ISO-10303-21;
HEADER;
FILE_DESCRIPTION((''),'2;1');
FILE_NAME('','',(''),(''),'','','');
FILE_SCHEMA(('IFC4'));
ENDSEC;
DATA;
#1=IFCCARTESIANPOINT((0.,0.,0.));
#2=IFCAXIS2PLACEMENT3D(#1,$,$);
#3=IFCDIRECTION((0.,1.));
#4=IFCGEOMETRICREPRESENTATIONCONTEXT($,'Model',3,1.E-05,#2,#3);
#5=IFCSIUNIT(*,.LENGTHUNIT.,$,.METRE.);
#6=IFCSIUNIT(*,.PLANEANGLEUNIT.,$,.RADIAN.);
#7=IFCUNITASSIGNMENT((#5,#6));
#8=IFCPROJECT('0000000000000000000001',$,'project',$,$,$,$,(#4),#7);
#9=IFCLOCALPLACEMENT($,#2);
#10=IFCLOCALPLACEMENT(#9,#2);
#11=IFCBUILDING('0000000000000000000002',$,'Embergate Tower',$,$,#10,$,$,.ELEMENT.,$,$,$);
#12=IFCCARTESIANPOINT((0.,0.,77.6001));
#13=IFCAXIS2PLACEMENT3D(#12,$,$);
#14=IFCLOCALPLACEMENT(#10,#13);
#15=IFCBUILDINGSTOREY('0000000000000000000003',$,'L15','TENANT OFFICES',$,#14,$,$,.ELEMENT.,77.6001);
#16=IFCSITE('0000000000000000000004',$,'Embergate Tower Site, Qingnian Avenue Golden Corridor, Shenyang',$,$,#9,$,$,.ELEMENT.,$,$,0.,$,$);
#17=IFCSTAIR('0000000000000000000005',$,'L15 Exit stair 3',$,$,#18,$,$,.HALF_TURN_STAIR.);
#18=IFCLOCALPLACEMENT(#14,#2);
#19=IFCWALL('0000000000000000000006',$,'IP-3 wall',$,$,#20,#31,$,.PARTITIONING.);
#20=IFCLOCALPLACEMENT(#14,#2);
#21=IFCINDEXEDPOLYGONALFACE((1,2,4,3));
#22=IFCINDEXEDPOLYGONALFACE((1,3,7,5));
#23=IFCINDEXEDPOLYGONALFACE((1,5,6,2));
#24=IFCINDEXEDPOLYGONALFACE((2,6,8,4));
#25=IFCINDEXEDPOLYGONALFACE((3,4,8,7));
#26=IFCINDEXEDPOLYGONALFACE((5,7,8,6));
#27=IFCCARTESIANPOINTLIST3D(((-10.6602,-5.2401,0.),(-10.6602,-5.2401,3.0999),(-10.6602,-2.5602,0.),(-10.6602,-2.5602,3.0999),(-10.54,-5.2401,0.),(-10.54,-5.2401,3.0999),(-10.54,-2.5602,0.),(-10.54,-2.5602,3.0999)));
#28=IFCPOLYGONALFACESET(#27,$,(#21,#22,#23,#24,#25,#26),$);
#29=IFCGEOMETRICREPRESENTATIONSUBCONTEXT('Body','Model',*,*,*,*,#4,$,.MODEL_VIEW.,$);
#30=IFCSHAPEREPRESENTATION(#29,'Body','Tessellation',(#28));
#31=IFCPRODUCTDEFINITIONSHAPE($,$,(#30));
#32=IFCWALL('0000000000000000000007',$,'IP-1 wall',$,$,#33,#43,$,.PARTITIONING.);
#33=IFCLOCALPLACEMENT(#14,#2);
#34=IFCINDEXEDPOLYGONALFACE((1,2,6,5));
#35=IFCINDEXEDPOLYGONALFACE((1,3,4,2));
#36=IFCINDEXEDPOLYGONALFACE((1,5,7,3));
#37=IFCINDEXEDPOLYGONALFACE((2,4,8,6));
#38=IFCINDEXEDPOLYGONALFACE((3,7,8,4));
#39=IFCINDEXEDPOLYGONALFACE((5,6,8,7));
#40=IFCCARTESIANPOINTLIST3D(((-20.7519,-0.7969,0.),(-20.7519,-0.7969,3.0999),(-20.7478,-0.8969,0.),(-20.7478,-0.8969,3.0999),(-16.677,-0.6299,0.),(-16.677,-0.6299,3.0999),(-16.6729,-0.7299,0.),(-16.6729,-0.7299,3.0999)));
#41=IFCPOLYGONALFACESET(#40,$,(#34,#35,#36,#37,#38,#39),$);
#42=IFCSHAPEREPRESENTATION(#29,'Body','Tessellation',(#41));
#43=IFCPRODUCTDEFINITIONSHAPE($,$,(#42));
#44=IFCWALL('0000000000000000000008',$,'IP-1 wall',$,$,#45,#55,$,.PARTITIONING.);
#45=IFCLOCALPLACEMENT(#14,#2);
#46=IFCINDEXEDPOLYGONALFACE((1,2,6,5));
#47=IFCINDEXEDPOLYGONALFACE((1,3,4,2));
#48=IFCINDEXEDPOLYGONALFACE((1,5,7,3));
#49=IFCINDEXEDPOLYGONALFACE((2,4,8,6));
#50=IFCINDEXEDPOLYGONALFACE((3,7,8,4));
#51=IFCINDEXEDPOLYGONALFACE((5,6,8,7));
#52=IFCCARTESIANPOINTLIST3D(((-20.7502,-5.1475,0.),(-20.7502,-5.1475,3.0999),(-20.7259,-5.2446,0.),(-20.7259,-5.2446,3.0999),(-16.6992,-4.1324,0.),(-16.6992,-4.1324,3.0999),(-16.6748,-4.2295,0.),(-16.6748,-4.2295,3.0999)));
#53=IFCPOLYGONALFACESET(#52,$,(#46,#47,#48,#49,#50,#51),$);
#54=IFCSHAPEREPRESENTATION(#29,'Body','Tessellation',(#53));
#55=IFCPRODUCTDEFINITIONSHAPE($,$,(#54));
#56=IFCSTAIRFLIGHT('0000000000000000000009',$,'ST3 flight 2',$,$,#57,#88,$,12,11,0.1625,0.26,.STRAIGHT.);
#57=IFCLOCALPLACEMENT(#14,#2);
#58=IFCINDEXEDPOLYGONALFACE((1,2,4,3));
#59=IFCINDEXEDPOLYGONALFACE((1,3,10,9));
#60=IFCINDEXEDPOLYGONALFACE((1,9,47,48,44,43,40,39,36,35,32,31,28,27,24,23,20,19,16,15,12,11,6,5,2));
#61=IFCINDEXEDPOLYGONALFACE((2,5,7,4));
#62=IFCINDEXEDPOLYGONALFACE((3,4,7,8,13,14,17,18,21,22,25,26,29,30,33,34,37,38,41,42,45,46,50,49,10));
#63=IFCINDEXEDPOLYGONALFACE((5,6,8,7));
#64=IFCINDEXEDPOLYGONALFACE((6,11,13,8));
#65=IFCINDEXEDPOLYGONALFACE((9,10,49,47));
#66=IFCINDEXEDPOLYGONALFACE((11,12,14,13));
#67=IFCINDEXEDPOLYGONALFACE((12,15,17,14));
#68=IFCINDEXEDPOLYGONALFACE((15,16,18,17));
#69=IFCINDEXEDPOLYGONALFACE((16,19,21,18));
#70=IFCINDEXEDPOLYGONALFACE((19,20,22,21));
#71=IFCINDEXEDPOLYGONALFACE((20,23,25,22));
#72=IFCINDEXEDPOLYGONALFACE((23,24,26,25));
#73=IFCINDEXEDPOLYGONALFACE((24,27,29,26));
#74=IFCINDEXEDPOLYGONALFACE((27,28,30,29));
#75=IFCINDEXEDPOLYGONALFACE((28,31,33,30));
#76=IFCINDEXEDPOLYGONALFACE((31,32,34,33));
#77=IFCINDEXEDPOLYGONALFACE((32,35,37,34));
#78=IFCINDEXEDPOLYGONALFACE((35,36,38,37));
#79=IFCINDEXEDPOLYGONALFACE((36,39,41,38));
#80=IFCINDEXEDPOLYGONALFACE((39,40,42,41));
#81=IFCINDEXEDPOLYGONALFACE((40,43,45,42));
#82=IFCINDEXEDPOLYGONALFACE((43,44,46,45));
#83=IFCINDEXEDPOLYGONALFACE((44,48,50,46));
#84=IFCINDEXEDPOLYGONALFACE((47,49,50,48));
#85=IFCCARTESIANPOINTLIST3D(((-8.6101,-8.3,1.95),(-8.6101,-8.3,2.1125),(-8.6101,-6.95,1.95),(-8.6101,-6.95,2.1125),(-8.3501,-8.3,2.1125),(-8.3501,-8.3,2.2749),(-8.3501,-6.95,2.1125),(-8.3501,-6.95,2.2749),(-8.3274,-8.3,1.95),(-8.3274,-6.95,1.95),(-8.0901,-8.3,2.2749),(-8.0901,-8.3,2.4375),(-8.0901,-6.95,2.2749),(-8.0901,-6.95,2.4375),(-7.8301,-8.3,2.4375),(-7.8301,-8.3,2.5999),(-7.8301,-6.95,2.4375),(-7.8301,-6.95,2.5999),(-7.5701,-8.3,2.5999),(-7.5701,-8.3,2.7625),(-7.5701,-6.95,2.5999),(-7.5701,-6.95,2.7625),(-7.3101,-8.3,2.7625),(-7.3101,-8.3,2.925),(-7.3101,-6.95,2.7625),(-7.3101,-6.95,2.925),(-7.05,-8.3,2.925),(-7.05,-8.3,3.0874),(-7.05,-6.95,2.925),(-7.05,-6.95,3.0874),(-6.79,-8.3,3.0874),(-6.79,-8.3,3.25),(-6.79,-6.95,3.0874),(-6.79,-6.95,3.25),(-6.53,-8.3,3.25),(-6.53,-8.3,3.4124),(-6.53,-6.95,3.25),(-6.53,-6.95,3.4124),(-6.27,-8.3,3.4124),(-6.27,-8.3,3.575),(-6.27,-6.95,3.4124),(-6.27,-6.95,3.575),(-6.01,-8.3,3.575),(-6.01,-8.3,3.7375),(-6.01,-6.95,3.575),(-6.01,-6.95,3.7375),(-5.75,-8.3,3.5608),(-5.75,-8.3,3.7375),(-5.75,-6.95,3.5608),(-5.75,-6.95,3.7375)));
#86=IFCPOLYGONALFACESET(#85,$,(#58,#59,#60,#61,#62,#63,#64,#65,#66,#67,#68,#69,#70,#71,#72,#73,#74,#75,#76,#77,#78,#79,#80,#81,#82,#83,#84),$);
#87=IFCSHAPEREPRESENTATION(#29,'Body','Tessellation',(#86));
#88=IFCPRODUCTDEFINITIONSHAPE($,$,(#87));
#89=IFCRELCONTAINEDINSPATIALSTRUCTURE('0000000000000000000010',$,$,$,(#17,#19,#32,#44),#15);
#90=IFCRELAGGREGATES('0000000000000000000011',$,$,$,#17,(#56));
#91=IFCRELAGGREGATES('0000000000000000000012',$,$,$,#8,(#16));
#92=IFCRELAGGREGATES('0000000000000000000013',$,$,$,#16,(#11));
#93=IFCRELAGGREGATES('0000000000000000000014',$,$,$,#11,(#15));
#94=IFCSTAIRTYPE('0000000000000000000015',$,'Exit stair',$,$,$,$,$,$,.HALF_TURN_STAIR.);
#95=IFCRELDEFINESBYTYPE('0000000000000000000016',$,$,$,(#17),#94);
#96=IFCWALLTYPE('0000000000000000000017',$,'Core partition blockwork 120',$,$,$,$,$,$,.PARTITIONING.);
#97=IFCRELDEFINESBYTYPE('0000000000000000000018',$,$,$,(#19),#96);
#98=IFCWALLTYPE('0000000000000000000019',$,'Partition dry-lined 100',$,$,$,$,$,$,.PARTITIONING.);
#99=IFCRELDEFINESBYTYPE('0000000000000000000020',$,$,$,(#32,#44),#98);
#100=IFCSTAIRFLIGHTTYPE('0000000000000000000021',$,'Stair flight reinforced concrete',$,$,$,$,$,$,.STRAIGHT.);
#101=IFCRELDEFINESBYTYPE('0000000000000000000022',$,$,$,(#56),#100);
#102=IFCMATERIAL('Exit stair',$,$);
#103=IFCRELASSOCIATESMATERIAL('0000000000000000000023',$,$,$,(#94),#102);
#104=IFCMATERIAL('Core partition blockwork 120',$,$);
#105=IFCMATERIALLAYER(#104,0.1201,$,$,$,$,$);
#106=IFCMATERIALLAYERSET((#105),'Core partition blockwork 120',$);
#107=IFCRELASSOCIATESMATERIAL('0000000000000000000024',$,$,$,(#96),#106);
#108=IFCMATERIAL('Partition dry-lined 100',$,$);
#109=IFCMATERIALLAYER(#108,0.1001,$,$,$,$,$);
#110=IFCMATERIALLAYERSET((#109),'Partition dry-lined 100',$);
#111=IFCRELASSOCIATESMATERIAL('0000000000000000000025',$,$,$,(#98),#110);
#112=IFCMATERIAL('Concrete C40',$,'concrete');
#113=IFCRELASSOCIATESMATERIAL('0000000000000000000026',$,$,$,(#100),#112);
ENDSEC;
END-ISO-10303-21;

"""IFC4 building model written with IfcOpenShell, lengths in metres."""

from ifc_helpers import new_model, si_unit, direction, frame, frame_2d, origin, place, context, subcontext, project, spatial, polyline, rectangle, outline, extrude, source, transform, mapped, material, layer, layer_set, type_object, element, aggregate, save


model = new_model("IFC4")

# Units and contexts
model_context = context("Model", 3, precision=1e-05, world=origin(), true_north=direction((0.0, 1.0)))
body_context = subcontext(model_context, "Body", "Model", "MODEL_VIEW")
ifc_project = project(units=[si_unit("LENGTHUNIT", "METRE"), si_unit("PLANEANGLEUNIT", "RADIAN")], contexts=[model_context])

# Site, building, storey
site_placement = place(None, origin())
site = spatial("IfcSite", under=ifc_project, at=site_placement, Name="Embergate Tower Site, Qingnian Avenue Golden Corridor, Shenyang", CompositionType="ELEMENT", RefElevation=0.0)
building_placement = place(site_placement, origin())
building = spatial("IfcBuilding", under=site, at=building_placement, Name="Embergate Tower", CompositionType="ELEMENT")
storey_placement = place(building_placement, frame((0.0, 0.0, 77.6001)))
storey = spatial("IfcBuildingStorey", under=building, at=storey_placement, Name="L15", Description="TENANT OFFICES", CompositionType="ELEMENT", Elevation=77.6001)

# Stair
ifc_material_1 = material(Name="Exit stair")
stair_type = type_object("IfcStairType", Name="Exit stair", PredefinedType="HALF_TURN_STAIR", material=ifc_material_1)
stair_placement = place(storey_placement, origin())
stair = element("IfcStair", 1, at=stair_placement, inside=storey, type_object=stair_type, Name="L15 Exit stair 3", PredefinedType="HALF_TURN_STAIR")
ifc_material_2 = material(Name="Concrete C40", Category="concrete")

# Shared definitions
ifc_material_3 = material(Name="Core partition blockwork 120")
ifc_layer_1 = layer(ifc_material_3, 0.1201)
ifc_layer_set_1 = layer_set([ifc_layer_1], Name="Core partition blockwork 120")
wall_type_1 = type_object("IfcWallType", Name="Core partition blockwork 120", PredefinedType="PARTITIONING", material=ifc_layer_set_1)

# Walls
shared_shape_1 = source(origin(), body_context, "Body", "SweptSolid", [
    extrude(rectangle(XDim=2.6799, YDim=0.1201, at=frame_2d((1.3398, 0.0))), origin(), (0.0, 0.0, 1.0), 3.0999),
])
wall_1_placement = place(storey_placement, frame((-10.6001, -5.24, 0.0), z_axis=(0.0, 0.0, 1.0), x_axis=(0.0, 1.0, 0.0)))
element("IfcWall", 2, at=wall_1_placement, inside=storey, type_object=wall_type_1, Name="IP-3 wall", PredefinedType="PARTITIONING", context=body_context, shape_type="MappedRepresentation", body=[
    mapped(shared_shape_1, transform((0.0, 0.0, 0.0))),
])
ifc_material_4 = material(Name="Partition dry-lined 100")
ifc_layer_2 = layer(ifc_material_4, 0.1001)
ifc_layer_set_2 = layer_set([ifc_layer_2], Name="Partition dry-lined 100")
wall_type_2 = type_object("IfcWallType", Name="Partition dry-lined 100", PredefinedType="PARTITIONING", material=ifc_layer_set_2)
shared_shape_2 = source(origin(), body_context, "Body", "SweptSolid", [
    extrude(rectangle(XDim=4.0784, YDim=0.1001, at=frame_2d((2.0391, 0.0))), origin(), (0.0, 0.0, 1.0), 3.0999),
])
wall_2_placement = place(storey_placement, frame((-16.675, -0.6799, 0.0), z_axis=(0.0, 0.0, 1.0), x_axis=(-0.999161, -0.040946, 0.0)))
element("IfcWall", 3, at=wall_2_placement, inside=storey, type_object=wall_type_2, Name="IP-1 wall", PredefinedType="PARTITIONING", context=body_context, shape_type="MappedRepresentation", body=[
    mapped(shared_shape_2, transform((0.0, 0.0, 0.0))),
])
shared_shape_3 = source(origin(), body_context, "Body", "SweptSolid", [
    extrude(rectangle(XDim=4.1763, YDim=0.1001, at=frame_2d((2.0881, 0.0))), origin(), (0.0, 0.0, 1.0), 3.0999),
])
wall_3_placement = place(storey_placement, frame((-16.687, -4.1809, 0.0), z_axis=(0.0, 0.0, 1.0), x_axis=(-0.970008, -0.243072, 0.0)))
element("IfcWall", 4, at=wall_3_placement, inside=storey, type_object=wall_type_2, Name="IP-1 wall", PredefinedType="PARTITIONING", context=body_context, shape_type="MappedRepresentation", body=[
    mapped(shared_shape_3, transform((0.0, 0.0, 0.0))),
])

# Stair flight
stair_flight_type = type_object("IfcStairFlightType", Name="Stair flight reinforced concrete", PredefinedType="STRAIGHT", material=ifc_material_2)
shared_shape_4 = source(origin(), body_context, "Body", "SweptSolid", [
    extrude(outline(polyline([(0.0, 0.0), (0.0, 0.1626), (0.26, 0.1626), (0.26, 0.325), (0.52, 0.325), (0.52, 0.4875), (0.78, 0.4875), (0.78, 0.6499), (1.04, 0.6499), (1.04, 0.8125), (1.3, 0.8125), (1.3, 0.9751), (1.5601, 0.9751), (1.5601, 1.1375), (1.8201, 1.1375), (1.8201, 1.3), (2.0801, 1.3), (2.0801, 1.4624), (2.3401, 1.4624), (2.3401, 1.625), (2.6001, 1.625), (2.6001, 1.7876), (2.8601, 1.7876), (2.8601, 1.95), (2.8601, 1.6108), (0.2827, 0.0), (0.0, 0.0)])), frame((0.0, 0.675, 0.0), z_axis=(0.0, -1.0, 0.0), x_axis=(1.0, 0.0, 0.0)), (0.0, 0.0, 1.0), 1.3501),
])
stair_flight_placement = place(storey_placement, frame((-8.6101, -7.625, 1.95), z_axis=(0.0, 0.0, 1.0), x_axis=(1.0, 0.0, 0.0)))
stair_flight = element("IfcStairFlight", 5, at=stair_flight_placement, type_object=stair_flight_type, Name="ST3 flight 2", NumberOfRisers=12, NumberOfTreads=11, PredefinedType="STRAIGHT", RiserHeight=0.1625, TreadLength=0.26, context=body_context, shape_type="MappedRepresentation", body=[
    mapped(shared_shape_4, transform((0.0, 0.0, 0.0))),
])
aggregate(stair, [stair_flight])

save(model, "model.ifc")
